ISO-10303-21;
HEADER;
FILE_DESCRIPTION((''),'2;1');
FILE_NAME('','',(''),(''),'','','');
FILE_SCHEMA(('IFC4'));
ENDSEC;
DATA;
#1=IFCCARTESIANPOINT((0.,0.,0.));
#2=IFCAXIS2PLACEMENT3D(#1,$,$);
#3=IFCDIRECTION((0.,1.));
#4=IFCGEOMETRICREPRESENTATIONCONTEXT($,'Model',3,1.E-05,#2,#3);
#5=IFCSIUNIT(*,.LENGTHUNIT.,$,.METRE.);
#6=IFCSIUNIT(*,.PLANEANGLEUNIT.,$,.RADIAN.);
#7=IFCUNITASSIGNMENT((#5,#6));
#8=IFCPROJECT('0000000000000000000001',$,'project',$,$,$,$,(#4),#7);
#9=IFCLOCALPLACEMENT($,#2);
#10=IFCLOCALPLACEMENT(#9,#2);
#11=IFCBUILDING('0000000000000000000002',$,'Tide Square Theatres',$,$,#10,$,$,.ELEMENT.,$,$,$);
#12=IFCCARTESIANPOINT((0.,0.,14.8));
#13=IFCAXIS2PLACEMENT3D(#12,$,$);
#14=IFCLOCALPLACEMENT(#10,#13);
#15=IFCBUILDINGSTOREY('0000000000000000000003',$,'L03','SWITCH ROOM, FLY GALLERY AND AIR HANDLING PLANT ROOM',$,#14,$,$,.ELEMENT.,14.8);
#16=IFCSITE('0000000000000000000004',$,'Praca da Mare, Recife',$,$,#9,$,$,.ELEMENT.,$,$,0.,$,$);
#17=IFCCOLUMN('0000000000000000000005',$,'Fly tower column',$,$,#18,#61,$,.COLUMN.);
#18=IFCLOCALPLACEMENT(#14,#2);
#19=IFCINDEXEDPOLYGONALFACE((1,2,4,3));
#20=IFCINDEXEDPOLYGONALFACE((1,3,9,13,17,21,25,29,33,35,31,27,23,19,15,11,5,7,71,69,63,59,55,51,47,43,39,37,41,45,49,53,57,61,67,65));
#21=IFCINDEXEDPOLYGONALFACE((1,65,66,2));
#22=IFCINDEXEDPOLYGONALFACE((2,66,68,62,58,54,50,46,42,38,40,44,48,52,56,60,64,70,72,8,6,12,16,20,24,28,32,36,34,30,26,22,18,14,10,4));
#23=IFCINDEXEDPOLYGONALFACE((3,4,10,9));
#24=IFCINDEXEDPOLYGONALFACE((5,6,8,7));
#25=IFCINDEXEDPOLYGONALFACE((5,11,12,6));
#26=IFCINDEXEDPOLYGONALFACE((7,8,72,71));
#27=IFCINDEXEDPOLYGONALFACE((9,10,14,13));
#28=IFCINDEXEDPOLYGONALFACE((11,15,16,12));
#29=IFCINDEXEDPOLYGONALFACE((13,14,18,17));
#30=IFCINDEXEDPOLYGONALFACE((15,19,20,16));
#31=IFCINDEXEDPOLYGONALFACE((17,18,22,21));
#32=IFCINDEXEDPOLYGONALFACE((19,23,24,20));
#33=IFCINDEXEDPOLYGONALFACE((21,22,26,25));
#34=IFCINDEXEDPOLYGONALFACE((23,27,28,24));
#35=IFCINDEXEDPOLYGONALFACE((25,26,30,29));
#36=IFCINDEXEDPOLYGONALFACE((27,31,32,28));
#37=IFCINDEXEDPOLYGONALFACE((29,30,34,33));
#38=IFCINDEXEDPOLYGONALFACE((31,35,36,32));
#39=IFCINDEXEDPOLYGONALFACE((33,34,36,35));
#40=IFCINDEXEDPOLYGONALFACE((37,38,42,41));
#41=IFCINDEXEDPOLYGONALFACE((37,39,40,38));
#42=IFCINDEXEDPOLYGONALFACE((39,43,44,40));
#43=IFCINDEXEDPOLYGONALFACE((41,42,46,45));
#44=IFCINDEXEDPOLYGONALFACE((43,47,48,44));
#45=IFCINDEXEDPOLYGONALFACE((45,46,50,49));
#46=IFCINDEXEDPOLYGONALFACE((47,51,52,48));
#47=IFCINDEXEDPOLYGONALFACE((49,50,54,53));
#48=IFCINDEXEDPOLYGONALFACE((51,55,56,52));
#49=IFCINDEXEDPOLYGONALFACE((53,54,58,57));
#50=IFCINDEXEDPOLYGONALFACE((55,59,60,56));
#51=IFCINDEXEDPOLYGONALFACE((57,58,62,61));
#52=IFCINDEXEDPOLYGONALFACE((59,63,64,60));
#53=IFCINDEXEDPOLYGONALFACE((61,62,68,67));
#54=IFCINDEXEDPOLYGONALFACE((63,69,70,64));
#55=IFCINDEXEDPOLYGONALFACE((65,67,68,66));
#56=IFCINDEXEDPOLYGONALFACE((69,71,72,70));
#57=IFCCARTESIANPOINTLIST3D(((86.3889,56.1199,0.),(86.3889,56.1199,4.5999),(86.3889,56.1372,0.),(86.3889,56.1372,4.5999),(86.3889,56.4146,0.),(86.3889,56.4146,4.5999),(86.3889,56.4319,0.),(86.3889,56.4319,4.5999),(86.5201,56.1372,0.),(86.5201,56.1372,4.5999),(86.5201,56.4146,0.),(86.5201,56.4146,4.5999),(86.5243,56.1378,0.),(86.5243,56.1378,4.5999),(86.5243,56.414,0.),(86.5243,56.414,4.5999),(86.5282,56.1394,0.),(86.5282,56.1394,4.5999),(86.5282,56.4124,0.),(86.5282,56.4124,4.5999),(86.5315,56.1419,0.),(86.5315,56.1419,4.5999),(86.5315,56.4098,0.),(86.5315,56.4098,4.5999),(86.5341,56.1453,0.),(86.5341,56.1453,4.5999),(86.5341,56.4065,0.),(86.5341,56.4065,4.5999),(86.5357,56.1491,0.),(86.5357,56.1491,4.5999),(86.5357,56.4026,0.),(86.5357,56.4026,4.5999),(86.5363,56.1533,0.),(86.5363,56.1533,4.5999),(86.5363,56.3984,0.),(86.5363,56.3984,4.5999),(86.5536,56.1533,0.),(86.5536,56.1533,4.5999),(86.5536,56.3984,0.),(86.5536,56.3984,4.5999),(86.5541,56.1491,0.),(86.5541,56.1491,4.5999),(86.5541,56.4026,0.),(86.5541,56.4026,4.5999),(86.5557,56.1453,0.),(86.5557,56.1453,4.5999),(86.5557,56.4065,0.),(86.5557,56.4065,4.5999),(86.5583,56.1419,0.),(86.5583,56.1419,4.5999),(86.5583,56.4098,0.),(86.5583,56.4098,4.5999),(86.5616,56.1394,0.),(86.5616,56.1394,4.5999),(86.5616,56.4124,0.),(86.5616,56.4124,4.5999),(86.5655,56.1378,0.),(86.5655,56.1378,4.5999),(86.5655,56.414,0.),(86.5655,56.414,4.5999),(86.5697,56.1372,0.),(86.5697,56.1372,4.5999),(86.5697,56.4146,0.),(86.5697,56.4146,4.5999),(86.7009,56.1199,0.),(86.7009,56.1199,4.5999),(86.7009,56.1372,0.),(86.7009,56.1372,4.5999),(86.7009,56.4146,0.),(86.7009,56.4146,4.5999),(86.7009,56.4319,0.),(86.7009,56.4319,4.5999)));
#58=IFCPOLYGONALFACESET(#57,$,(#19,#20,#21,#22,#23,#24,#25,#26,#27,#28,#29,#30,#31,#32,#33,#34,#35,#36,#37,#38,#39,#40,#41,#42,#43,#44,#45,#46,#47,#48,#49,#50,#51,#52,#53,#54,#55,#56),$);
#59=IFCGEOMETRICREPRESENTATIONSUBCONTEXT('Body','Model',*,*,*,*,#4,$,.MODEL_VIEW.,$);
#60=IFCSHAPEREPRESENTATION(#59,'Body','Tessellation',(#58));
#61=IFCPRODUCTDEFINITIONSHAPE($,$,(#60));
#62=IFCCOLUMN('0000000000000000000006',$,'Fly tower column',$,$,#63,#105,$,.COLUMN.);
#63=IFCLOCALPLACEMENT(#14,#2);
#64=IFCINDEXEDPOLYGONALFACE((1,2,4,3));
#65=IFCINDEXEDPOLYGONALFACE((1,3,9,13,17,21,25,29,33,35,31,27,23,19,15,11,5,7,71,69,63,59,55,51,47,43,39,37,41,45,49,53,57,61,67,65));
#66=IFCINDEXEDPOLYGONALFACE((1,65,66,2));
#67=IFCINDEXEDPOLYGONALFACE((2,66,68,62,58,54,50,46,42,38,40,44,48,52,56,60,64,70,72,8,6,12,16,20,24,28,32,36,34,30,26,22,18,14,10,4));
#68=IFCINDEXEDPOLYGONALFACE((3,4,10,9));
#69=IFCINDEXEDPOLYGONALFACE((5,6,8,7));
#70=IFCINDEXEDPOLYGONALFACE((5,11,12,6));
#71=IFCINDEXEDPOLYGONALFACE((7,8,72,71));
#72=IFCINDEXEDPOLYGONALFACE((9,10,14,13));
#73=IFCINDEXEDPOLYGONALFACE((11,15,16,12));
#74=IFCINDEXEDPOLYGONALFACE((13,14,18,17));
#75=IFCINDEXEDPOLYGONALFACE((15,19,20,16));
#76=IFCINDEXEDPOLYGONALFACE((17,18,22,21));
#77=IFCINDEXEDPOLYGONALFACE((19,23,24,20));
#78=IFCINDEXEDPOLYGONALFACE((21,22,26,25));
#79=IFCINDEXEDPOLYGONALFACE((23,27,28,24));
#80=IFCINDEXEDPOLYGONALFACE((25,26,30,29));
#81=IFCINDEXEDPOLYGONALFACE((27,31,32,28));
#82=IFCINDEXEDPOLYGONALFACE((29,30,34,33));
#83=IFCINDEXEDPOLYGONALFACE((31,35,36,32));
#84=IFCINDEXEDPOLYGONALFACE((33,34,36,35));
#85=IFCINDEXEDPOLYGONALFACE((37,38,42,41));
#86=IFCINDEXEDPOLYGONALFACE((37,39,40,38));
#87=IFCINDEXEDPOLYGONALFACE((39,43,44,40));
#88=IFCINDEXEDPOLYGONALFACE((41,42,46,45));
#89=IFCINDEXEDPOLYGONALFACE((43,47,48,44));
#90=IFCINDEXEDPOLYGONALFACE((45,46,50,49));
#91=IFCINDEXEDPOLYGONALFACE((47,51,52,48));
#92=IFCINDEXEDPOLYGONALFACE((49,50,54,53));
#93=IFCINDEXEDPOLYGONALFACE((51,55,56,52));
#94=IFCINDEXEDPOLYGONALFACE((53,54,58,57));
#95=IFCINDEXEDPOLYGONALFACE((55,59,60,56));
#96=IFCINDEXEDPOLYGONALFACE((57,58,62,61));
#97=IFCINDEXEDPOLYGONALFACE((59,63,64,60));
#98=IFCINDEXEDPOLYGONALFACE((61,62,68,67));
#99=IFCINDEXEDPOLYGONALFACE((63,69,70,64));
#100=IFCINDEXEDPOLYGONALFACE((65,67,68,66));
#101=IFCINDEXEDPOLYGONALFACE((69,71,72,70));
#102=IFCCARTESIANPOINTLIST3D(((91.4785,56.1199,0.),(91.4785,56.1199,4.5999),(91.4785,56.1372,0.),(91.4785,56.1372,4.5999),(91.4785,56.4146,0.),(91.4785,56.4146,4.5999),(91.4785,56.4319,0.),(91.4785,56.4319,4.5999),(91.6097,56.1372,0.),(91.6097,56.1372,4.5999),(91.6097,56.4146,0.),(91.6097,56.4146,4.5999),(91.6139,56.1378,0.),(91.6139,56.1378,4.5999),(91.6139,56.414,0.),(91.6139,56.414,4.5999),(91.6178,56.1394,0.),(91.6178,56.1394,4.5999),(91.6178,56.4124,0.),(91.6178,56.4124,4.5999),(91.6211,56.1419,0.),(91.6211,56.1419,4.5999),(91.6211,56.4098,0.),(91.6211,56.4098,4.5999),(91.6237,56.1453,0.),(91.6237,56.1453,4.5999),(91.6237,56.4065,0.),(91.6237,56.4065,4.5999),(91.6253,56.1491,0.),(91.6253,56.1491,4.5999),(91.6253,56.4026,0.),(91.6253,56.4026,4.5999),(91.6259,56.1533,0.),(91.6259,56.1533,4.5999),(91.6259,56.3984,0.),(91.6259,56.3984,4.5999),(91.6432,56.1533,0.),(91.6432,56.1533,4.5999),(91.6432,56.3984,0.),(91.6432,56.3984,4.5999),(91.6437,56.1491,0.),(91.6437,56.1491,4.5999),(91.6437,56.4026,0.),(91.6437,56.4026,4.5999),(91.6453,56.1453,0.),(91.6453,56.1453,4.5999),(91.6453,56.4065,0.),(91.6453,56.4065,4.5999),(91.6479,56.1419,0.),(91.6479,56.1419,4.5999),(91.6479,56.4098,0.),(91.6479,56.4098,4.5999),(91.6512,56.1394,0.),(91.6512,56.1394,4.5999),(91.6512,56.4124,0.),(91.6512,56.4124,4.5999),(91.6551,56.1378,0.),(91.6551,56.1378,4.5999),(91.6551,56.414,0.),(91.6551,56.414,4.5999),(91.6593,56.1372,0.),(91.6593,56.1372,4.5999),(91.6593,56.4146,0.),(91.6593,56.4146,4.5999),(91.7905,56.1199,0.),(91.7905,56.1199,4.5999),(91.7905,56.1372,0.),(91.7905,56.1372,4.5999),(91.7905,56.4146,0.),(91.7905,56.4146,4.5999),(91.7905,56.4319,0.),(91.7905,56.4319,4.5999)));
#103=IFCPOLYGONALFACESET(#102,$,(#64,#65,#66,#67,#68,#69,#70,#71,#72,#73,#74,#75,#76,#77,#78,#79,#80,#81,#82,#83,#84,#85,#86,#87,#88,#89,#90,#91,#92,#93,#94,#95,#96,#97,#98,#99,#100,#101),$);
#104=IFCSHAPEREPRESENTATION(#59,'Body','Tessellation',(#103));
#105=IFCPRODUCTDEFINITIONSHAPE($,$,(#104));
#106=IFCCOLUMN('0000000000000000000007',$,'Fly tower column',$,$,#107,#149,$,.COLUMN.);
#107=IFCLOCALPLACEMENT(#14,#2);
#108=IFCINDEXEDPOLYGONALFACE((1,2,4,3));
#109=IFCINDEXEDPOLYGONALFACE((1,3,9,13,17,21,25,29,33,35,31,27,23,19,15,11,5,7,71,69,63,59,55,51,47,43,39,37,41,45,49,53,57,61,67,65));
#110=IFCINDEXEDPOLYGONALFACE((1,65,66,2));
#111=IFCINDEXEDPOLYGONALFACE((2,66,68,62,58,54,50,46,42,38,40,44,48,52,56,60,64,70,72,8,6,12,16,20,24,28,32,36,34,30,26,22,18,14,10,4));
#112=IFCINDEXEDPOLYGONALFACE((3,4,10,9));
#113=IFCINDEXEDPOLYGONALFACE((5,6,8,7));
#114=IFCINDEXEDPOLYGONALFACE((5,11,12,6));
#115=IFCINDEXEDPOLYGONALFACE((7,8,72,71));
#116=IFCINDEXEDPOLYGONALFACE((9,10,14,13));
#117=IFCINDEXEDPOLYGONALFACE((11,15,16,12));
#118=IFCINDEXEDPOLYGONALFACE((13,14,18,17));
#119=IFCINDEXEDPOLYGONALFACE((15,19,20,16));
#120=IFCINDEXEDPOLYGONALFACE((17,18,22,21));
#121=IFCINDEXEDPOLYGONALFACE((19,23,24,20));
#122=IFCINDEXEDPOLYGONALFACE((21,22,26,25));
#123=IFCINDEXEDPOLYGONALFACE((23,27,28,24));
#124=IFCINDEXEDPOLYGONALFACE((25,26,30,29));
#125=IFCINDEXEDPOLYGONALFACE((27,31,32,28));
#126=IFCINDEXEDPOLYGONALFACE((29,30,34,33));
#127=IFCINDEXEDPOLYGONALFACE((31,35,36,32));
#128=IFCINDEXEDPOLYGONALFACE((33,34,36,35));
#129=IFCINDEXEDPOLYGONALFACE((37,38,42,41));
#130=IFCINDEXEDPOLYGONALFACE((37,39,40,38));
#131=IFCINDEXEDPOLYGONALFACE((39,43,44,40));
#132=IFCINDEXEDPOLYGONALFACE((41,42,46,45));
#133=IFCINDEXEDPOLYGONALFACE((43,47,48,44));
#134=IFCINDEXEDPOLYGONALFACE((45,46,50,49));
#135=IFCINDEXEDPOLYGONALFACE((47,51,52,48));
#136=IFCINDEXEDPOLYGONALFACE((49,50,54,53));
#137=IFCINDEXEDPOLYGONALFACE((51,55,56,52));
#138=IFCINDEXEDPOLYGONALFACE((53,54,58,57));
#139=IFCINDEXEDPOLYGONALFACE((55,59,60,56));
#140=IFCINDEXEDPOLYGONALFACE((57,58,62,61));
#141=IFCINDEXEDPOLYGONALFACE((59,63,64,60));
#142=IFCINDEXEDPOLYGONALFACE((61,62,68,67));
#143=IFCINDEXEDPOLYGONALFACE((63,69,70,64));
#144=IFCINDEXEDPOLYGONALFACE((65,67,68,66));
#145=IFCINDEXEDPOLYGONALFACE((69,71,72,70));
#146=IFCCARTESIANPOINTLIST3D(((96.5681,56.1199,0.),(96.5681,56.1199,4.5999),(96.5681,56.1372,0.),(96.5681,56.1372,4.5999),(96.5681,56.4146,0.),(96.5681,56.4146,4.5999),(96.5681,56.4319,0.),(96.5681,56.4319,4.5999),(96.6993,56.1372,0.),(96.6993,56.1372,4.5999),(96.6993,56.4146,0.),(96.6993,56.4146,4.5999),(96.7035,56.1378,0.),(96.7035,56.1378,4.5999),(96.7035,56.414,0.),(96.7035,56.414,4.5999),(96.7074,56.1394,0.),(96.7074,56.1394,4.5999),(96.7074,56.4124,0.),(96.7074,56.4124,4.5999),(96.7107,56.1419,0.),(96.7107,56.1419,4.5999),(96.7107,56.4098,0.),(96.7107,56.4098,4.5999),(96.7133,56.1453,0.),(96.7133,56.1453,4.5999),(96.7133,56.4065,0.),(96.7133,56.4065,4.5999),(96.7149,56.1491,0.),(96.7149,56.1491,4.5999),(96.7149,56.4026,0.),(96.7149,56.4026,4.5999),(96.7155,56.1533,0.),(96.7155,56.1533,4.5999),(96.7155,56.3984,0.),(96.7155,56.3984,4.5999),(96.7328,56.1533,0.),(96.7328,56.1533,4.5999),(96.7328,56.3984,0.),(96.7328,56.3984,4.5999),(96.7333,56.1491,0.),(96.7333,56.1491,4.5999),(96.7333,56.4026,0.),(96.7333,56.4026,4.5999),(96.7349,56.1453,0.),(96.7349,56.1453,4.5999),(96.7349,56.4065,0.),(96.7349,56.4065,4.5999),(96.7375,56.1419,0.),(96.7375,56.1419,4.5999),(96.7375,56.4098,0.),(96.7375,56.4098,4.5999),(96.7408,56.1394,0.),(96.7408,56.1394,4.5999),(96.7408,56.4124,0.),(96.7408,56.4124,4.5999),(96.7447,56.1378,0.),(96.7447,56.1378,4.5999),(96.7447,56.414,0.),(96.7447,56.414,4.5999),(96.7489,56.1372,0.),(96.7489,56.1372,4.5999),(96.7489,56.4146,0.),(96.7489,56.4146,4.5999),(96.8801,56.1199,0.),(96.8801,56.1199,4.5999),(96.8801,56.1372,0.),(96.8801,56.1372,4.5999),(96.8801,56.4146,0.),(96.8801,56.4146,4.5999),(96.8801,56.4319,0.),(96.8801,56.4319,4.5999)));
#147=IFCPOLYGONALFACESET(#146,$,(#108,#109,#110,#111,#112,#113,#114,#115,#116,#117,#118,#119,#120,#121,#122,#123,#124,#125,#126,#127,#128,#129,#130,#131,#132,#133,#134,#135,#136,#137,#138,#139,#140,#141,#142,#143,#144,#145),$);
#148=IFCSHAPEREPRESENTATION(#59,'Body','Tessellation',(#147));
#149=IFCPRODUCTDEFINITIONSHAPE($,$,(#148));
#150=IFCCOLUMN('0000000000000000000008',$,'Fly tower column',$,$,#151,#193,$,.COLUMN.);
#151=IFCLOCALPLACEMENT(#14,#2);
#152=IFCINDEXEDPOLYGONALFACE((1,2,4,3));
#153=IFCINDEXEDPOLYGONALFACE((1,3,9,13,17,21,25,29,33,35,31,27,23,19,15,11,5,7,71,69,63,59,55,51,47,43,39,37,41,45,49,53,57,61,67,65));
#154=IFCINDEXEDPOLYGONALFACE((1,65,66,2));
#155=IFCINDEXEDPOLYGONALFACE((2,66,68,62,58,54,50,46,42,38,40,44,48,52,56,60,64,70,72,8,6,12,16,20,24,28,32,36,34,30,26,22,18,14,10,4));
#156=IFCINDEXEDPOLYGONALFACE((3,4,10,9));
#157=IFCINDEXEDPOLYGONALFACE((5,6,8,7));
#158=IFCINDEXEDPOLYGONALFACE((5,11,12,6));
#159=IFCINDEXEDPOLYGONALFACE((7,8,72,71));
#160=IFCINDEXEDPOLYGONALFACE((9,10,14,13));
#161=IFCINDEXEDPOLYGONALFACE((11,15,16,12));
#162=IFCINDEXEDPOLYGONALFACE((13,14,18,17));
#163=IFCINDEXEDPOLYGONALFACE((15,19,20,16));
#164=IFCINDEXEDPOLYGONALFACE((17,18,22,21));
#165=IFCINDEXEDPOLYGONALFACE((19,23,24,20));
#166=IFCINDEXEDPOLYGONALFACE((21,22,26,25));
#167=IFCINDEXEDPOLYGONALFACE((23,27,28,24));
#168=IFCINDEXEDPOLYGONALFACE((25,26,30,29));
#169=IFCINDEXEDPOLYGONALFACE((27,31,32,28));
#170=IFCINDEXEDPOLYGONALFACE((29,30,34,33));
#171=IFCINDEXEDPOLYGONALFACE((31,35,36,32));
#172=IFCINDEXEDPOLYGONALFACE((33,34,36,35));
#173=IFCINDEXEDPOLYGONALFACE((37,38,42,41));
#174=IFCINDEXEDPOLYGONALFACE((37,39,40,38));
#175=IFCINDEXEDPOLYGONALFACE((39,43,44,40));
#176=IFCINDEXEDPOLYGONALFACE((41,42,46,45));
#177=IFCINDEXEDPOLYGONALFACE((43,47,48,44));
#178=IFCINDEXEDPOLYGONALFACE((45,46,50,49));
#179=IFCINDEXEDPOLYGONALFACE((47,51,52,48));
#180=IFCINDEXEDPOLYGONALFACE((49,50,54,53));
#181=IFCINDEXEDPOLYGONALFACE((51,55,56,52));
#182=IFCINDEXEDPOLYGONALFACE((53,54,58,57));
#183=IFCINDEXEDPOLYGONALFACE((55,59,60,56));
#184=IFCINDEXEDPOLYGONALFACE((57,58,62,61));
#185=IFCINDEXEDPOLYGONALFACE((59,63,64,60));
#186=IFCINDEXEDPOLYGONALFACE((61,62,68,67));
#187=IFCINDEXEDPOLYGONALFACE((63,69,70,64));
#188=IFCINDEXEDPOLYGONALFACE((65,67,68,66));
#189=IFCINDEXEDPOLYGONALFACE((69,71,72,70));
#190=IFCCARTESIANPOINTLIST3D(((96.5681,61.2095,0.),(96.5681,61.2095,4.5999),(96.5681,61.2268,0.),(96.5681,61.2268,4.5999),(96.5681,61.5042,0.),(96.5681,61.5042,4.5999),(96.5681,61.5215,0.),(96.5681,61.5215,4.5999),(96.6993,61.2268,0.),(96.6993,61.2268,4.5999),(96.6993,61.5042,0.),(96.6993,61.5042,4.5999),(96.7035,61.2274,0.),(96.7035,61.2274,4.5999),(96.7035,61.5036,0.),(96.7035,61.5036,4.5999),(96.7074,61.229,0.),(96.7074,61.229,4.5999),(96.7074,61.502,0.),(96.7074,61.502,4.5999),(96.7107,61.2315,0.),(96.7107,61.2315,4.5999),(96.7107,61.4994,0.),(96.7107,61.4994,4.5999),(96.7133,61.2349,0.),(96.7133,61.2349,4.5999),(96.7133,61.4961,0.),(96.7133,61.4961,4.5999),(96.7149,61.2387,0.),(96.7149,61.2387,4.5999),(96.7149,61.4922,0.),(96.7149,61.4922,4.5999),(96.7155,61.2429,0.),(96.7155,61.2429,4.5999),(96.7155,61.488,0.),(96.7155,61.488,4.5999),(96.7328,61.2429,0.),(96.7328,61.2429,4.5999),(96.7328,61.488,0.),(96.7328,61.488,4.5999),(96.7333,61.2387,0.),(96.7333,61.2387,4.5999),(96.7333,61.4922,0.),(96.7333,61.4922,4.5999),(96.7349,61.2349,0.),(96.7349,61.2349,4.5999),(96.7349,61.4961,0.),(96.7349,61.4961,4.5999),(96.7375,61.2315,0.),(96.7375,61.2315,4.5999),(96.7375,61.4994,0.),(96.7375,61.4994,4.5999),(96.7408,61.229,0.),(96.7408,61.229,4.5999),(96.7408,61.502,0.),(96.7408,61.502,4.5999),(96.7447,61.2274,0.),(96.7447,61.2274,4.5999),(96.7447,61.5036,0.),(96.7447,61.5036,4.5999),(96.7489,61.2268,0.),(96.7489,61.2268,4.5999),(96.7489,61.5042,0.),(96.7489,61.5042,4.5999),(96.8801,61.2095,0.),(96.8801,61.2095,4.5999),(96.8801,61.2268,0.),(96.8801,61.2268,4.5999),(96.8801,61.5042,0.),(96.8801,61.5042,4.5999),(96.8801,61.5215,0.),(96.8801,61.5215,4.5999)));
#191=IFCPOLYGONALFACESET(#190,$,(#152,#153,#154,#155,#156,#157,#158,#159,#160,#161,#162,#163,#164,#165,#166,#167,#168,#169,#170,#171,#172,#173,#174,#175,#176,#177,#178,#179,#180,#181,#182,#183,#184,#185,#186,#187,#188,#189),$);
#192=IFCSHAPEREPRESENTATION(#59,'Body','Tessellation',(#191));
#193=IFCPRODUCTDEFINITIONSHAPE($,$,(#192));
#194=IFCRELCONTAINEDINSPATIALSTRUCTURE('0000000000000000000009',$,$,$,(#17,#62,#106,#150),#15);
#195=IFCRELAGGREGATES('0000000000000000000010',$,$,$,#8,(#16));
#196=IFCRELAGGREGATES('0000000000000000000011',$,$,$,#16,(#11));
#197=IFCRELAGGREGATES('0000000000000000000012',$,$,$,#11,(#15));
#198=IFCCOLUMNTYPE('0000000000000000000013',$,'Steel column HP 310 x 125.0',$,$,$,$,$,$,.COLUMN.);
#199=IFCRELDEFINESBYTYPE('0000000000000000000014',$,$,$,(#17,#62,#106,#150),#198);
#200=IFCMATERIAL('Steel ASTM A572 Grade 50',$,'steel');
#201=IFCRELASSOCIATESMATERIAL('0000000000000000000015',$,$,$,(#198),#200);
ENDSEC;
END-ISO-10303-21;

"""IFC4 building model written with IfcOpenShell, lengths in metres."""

from ifc_helpers import new_model, si_unit, direction, frame, origin, origin_2d, place, context, subcontext, project, spatial, i_section, extrude, material, material_profile, profile_set, type_object, element, save


model = new_model("IFC4")

# Units and contexts
model_context = context("Model", 3, precision=1e-05, world=origin(), true_north=direction((0.0, 1.0)))
body_context = subcontext(model_context, "Body", "Model", "MODEL_VIEW")
ifc_project = project(units=[si_unit("LENGTHUNIT", "METRE"), si_unit("PLANEANGLEUNIT", "RADIAN")], contexts=[model_context])

# Site, building, storey
site_placement = place(None, origin())
site = spatial("IfcSite", under=ifc_project, at=site_placement, Name="Praca da Mare, Recife", CompositionType="ELEMENT", RefElevation=0.0)
building_placement = place(site_placement, origin())
building = spatial("IfcBuilding", under=site, at=building_placement, Name="Tide Square Theatres", CompositionType="ELEMENT")
storey_placement = place(building_placement, frame((0.0, 0.0, 14.8)))
storey = spatial("IfcBuildingStorey", under=building, at=storey_placement, Name="L03", Description="SWITCH ROOM, FLY GALLERY AND AIR HANDLING PLANT ROOM", CompositionType="ELEMENT", Elevation=14.8)

# Columns
ifc_material_1 = material(Name="Steel ASTM A572 Grade 50", Category="steel")
ifc_material_profile_1 = material_profile(ifc_material_1, i_section(OverallWidth=0.312, OverallDepth=0.312, WebThickness=0.0173, FlangeThickness=0.0173, FilletRadius=0.0161, at=origin_2d()))
ifc_profile_set_1 = profile_set([ifc_material_profile_1], Name="Steel ASTM A572 Grade 50")
column_type_1 = type_object("IfcColumnType", Name="Steel column HP 310 x 125.0", PredefinedType="COLUMN", material=ifc_profile_set_1)
for number, where, z_axis, x_axis, name in (
    (1, (86.5449, 56.2759, 0.0), (0.0, 0.0, 1.0), (1.0, 0.0, 0.0), "Fly tower column"),
    (2, (91.6345, 56.2759, 0.0), (0.0, 0.0, 1.0), (1.0, 0.0, 0.0), "Fly tower column"),
    (3, (96.7241, 56.2759, 0.0), (0.0, 0.0, 1.0), (1.0, 0.0, 0.0), "Fly tower column"),
    (4, (96.7241, 61.3655, 0.0), (0.0, 0.0, 1.0), (1.0, 0.0, 0.0), "Fly tower column"),
):
    element("IfcColumn", number, at=place(storey_placement, frame(where, z_axis=z_axis, x_axis=x_axis)), inside=storey, type_object=column_type_1, Name=name, PredefinedType="COLUMN", context=body_context, shape_type="SweptSolid", body=[
        extrude(i_section(OverallWidth=0.312, OverallDepth=0.312, WebThickness=0.0173, FlangeThickness=0.0173, FilletRadius=0.0161, at=origin_2d()), origin(), (0.0, 0.0, 1.0), 4.5999),
    ])

save(model, "model.ifc")
